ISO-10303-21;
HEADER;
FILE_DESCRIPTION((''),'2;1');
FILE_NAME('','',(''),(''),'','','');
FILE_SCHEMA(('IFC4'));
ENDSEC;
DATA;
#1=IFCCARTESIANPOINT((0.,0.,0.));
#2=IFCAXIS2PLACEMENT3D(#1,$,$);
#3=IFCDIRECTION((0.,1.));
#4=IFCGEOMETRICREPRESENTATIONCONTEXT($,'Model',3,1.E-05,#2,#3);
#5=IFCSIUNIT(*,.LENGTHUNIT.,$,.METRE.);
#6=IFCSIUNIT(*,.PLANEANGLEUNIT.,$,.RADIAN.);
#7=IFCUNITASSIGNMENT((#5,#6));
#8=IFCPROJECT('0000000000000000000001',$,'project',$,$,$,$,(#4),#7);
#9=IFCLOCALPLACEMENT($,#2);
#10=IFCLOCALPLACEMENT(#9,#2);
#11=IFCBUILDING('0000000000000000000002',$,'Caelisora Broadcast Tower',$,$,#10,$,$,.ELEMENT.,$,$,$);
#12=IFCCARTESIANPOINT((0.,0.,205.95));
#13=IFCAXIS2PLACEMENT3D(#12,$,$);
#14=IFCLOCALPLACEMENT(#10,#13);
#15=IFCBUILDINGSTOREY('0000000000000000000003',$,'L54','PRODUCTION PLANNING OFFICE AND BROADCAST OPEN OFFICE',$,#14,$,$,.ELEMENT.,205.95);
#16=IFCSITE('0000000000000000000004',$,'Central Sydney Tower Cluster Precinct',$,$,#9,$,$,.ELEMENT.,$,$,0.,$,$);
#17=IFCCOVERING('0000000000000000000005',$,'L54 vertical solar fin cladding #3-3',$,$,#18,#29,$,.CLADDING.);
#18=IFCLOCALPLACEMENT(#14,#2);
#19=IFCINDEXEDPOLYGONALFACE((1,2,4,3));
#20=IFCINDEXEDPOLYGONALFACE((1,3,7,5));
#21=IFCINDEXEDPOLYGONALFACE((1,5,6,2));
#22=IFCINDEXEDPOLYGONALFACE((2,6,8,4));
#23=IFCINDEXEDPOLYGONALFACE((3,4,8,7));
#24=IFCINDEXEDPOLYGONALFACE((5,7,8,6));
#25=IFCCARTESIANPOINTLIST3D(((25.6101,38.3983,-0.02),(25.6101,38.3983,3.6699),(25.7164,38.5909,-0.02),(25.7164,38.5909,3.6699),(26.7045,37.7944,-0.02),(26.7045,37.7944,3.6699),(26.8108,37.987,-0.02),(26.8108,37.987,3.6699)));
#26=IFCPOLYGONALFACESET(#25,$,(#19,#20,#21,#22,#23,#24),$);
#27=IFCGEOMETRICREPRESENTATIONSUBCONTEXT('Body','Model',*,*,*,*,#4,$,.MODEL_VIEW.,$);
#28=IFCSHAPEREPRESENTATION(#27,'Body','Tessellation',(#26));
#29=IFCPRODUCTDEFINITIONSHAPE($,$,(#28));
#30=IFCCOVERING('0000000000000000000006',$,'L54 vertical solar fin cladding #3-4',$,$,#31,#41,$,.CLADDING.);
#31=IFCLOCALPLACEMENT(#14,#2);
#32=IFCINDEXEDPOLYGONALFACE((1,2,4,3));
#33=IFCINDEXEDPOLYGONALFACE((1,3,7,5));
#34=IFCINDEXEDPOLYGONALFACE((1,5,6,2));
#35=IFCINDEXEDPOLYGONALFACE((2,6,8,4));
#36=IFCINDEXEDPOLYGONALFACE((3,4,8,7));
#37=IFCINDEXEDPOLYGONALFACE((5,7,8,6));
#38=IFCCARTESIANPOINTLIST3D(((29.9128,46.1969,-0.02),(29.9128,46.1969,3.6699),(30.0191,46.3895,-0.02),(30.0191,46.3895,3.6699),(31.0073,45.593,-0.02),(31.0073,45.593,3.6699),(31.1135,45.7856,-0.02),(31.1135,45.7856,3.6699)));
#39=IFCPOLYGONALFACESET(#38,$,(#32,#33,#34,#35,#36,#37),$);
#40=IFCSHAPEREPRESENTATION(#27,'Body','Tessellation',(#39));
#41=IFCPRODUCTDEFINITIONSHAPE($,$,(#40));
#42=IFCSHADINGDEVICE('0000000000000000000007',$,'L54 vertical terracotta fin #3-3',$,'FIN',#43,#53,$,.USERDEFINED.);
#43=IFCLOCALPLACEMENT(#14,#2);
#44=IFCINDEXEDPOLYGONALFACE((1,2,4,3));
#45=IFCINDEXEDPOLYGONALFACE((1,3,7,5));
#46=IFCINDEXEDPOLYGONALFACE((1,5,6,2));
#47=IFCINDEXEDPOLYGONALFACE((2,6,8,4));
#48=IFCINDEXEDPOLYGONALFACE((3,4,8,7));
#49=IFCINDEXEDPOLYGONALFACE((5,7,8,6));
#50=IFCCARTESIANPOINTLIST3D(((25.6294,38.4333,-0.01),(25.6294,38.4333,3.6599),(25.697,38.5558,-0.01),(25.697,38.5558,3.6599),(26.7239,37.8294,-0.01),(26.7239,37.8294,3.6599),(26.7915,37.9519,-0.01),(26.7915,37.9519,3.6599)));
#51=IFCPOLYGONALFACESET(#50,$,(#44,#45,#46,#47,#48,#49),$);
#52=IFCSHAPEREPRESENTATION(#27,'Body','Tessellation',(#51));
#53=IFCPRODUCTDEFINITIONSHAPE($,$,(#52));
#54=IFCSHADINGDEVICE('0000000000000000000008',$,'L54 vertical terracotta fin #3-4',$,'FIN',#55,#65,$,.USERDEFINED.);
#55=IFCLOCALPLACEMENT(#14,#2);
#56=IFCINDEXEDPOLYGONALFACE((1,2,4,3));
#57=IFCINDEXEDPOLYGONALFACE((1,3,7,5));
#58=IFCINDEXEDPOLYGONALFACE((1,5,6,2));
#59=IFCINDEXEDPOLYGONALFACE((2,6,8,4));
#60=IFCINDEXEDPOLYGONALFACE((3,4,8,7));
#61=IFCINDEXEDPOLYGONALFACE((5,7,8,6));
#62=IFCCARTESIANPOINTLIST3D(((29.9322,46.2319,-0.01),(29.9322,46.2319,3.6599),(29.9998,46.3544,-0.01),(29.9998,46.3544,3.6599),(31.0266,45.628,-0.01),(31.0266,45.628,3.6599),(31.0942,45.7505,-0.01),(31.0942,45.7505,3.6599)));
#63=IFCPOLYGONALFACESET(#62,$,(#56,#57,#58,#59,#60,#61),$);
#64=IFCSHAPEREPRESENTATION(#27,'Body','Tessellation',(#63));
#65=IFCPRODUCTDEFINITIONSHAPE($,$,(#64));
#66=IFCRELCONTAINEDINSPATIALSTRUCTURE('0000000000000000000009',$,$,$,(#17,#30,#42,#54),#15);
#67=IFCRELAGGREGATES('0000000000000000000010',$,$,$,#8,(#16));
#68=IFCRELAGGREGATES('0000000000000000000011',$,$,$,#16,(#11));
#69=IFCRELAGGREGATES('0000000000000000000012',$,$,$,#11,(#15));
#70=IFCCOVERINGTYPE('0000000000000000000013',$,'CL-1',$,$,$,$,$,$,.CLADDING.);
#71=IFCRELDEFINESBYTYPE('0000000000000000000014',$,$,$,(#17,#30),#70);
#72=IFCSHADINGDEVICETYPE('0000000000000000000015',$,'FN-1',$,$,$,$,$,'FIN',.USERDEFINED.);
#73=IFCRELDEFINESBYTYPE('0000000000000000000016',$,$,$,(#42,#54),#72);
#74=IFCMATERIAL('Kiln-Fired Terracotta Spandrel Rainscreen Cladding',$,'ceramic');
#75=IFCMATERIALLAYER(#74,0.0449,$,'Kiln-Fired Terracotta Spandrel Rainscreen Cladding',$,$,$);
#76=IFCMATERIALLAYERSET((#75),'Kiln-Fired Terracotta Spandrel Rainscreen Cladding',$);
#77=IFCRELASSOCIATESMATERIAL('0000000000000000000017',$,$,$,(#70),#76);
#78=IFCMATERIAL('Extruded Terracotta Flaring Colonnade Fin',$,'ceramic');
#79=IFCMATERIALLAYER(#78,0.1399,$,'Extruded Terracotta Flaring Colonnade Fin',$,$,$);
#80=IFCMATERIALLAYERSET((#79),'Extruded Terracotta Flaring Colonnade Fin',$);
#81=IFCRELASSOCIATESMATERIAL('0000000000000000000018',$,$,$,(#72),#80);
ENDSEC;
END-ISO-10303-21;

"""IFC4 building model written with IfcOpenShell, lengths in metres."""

from ifc_helpers import new_model, si_unit, direction, frame, origin, origin_2d, place, context, subcontext, project, spatial, rectangle, extrude, source, transform, mapped, material, layer, layer_set, type_object, type_shapes, element, save


model = new_model("IFC4")

# Units and contexts
model_context = context("Model", 3, precision=1e-05, world=origin(), true_north=direction((0.0, 1.0)))
body_context = subcontext(model_context, "Body", "Model", "MODEL_VIEW")
ifc_project = project(units=[si_unit("LENGTHUNIT", "METRE"), si_unit("PLANEANGLEUNIT", "RADIAN")], contexts=[model_context])

# Site, building, storey
site_placement = place(None, origin())
site = spatial("IfcSite", under=ifc_project, at=site_placement, Name="Central Sydney Tower Cluster Precinct", CompositionType="ELEMENT", RefElevation=0.0)
building_placement = place(site_placement, origin())
building = spatial("IfcBuilding", under=site, at=building_placement, Name="Caelisora Broadcast Tower", CompositionType="ELEMENT")
storey_placement = place(building_placement, frame((0.0, 0.0, 205.95)))
storey = spatial("IfcBuildingStorey", under=building, at=storey_placement, Name="L54", Description="PRODUCTION PLANNING OFFICE AND BROADCAST OPEN OFFICE", CompositionType="ELEMENT", Elevation=205.95)

# Coverings
ifc_material_1 = material(Name="Kiln-Fired Terracotta Spandrel Rainscreen Cladding", Category="ceramic")
ifc_layer_1 = layer(ifc_material_1, 0.0449, Name="Kiln-Fired Terracotta Spandrel Rainscreen Cladding")
ifc_layer_set_1 = layer_set([ifc_layer_1], Name="Kiln-Fired Terracotta Spandrel Rainscreen Cladding")
covering_type = type_object("IfcCoveringType", Name="CL-1", PredefinedType="CLADDING", material=ifc_layer_set_1)
shared_shape_1 = source(origin(), body_context, "Body", "SweptSolid", [
    extrude(rectangle(XDim=0.22, YDim=1.25, at=origin_2d()), origin(), (0.0, 0.0, 1.0), 3.6899),
])
type_shapes(covering_type, [shared_shape_1])
for number, where, z_axis, x_axis, name in (
    (1, (26.2104, 38.1926, -0.02), (0.0, 0.0, 1.0), (0.48313, 0.875549, 0.0), "L54 vertical solar fin cladding #3-3"),
    (2, (30.5132, 45.9912, -0.02), (0.0, 0.0, 1.0), (0.48313, 0.875549, 0.0), "L54 vertical solar fin cladding #3-4"),
):
    element("IfcCovering", number, at=place(storey_placement, frame(where, z_axis=z_axis, x_axis=x_axis)), inside=storey, type_object=covering_type, Name=name, PredefinedType="CLADDING", context=body_context, shape_type="MappedRepresentation", body=[
        mapped(shared_shape_1, transform((0.0, 0.0, 0.0), scale=1.0)),
    ])

# Shading devices
ifc_material_2 = material(Name="Extruded Terracotta Flaring Colonnade Fin", Category="ceramic")
ifc_layer_2 = layer(ifc_material_2, 0.1399, Name="Extruded Terracotta Flaring Colonnade Fin")
ifc_layer_set_2 = layer_set([ifc_layer_2], Name="Extruded Terracotta Flaring Colonnade Fin")
shading_device_type = type_object("IfcShadingDeviceType", Name="FN-1", ElementType="FIN", PredefinedType="USERDEFINED", material=ifc_layer_set_2)
shared_shape_2 = source(origin(), body_context, "Body", "SweptSolid", [
    extrude(rectangle(XDim=0.1399, YDim=1.25, at=origin_2d()), origin(), (0.0, 0.0, 1.0), 3.6699),
])
type_shapes(shading_device_type, [shared_shape_2])
for number, where, z_axis, x_axis, name in (
    (3, (26.2104, 38.1926, -0.01), (0.0, 0.0, 1.0), (0.48313, 0.875549, 0.0), "L54 vertical terracotta fin #3-3"),
    (4, (30.5132, 45.9912, -0.01), (0.0, 0.0, 1.0), (0.48313, 0.875549, 0.0), "L54 vertical terracotta fin #3-4"),
):
    element("IfcShadingDevice", number, at=place(storey_placement, frame(where, z_axis=z_axis, x_axis=x_axis)), inside=storey, type_object=shading_device_type, Name=name, ObjectType="FIN", PredefinedType="USERDEFINED", context=body_context, shape_type="MappedRepresentation", body=[
        mapped(shared_shape_2, transform((0.0, 0.0, 0.0), scale=1.0)),
    ])

save(model, "model.ifc")
